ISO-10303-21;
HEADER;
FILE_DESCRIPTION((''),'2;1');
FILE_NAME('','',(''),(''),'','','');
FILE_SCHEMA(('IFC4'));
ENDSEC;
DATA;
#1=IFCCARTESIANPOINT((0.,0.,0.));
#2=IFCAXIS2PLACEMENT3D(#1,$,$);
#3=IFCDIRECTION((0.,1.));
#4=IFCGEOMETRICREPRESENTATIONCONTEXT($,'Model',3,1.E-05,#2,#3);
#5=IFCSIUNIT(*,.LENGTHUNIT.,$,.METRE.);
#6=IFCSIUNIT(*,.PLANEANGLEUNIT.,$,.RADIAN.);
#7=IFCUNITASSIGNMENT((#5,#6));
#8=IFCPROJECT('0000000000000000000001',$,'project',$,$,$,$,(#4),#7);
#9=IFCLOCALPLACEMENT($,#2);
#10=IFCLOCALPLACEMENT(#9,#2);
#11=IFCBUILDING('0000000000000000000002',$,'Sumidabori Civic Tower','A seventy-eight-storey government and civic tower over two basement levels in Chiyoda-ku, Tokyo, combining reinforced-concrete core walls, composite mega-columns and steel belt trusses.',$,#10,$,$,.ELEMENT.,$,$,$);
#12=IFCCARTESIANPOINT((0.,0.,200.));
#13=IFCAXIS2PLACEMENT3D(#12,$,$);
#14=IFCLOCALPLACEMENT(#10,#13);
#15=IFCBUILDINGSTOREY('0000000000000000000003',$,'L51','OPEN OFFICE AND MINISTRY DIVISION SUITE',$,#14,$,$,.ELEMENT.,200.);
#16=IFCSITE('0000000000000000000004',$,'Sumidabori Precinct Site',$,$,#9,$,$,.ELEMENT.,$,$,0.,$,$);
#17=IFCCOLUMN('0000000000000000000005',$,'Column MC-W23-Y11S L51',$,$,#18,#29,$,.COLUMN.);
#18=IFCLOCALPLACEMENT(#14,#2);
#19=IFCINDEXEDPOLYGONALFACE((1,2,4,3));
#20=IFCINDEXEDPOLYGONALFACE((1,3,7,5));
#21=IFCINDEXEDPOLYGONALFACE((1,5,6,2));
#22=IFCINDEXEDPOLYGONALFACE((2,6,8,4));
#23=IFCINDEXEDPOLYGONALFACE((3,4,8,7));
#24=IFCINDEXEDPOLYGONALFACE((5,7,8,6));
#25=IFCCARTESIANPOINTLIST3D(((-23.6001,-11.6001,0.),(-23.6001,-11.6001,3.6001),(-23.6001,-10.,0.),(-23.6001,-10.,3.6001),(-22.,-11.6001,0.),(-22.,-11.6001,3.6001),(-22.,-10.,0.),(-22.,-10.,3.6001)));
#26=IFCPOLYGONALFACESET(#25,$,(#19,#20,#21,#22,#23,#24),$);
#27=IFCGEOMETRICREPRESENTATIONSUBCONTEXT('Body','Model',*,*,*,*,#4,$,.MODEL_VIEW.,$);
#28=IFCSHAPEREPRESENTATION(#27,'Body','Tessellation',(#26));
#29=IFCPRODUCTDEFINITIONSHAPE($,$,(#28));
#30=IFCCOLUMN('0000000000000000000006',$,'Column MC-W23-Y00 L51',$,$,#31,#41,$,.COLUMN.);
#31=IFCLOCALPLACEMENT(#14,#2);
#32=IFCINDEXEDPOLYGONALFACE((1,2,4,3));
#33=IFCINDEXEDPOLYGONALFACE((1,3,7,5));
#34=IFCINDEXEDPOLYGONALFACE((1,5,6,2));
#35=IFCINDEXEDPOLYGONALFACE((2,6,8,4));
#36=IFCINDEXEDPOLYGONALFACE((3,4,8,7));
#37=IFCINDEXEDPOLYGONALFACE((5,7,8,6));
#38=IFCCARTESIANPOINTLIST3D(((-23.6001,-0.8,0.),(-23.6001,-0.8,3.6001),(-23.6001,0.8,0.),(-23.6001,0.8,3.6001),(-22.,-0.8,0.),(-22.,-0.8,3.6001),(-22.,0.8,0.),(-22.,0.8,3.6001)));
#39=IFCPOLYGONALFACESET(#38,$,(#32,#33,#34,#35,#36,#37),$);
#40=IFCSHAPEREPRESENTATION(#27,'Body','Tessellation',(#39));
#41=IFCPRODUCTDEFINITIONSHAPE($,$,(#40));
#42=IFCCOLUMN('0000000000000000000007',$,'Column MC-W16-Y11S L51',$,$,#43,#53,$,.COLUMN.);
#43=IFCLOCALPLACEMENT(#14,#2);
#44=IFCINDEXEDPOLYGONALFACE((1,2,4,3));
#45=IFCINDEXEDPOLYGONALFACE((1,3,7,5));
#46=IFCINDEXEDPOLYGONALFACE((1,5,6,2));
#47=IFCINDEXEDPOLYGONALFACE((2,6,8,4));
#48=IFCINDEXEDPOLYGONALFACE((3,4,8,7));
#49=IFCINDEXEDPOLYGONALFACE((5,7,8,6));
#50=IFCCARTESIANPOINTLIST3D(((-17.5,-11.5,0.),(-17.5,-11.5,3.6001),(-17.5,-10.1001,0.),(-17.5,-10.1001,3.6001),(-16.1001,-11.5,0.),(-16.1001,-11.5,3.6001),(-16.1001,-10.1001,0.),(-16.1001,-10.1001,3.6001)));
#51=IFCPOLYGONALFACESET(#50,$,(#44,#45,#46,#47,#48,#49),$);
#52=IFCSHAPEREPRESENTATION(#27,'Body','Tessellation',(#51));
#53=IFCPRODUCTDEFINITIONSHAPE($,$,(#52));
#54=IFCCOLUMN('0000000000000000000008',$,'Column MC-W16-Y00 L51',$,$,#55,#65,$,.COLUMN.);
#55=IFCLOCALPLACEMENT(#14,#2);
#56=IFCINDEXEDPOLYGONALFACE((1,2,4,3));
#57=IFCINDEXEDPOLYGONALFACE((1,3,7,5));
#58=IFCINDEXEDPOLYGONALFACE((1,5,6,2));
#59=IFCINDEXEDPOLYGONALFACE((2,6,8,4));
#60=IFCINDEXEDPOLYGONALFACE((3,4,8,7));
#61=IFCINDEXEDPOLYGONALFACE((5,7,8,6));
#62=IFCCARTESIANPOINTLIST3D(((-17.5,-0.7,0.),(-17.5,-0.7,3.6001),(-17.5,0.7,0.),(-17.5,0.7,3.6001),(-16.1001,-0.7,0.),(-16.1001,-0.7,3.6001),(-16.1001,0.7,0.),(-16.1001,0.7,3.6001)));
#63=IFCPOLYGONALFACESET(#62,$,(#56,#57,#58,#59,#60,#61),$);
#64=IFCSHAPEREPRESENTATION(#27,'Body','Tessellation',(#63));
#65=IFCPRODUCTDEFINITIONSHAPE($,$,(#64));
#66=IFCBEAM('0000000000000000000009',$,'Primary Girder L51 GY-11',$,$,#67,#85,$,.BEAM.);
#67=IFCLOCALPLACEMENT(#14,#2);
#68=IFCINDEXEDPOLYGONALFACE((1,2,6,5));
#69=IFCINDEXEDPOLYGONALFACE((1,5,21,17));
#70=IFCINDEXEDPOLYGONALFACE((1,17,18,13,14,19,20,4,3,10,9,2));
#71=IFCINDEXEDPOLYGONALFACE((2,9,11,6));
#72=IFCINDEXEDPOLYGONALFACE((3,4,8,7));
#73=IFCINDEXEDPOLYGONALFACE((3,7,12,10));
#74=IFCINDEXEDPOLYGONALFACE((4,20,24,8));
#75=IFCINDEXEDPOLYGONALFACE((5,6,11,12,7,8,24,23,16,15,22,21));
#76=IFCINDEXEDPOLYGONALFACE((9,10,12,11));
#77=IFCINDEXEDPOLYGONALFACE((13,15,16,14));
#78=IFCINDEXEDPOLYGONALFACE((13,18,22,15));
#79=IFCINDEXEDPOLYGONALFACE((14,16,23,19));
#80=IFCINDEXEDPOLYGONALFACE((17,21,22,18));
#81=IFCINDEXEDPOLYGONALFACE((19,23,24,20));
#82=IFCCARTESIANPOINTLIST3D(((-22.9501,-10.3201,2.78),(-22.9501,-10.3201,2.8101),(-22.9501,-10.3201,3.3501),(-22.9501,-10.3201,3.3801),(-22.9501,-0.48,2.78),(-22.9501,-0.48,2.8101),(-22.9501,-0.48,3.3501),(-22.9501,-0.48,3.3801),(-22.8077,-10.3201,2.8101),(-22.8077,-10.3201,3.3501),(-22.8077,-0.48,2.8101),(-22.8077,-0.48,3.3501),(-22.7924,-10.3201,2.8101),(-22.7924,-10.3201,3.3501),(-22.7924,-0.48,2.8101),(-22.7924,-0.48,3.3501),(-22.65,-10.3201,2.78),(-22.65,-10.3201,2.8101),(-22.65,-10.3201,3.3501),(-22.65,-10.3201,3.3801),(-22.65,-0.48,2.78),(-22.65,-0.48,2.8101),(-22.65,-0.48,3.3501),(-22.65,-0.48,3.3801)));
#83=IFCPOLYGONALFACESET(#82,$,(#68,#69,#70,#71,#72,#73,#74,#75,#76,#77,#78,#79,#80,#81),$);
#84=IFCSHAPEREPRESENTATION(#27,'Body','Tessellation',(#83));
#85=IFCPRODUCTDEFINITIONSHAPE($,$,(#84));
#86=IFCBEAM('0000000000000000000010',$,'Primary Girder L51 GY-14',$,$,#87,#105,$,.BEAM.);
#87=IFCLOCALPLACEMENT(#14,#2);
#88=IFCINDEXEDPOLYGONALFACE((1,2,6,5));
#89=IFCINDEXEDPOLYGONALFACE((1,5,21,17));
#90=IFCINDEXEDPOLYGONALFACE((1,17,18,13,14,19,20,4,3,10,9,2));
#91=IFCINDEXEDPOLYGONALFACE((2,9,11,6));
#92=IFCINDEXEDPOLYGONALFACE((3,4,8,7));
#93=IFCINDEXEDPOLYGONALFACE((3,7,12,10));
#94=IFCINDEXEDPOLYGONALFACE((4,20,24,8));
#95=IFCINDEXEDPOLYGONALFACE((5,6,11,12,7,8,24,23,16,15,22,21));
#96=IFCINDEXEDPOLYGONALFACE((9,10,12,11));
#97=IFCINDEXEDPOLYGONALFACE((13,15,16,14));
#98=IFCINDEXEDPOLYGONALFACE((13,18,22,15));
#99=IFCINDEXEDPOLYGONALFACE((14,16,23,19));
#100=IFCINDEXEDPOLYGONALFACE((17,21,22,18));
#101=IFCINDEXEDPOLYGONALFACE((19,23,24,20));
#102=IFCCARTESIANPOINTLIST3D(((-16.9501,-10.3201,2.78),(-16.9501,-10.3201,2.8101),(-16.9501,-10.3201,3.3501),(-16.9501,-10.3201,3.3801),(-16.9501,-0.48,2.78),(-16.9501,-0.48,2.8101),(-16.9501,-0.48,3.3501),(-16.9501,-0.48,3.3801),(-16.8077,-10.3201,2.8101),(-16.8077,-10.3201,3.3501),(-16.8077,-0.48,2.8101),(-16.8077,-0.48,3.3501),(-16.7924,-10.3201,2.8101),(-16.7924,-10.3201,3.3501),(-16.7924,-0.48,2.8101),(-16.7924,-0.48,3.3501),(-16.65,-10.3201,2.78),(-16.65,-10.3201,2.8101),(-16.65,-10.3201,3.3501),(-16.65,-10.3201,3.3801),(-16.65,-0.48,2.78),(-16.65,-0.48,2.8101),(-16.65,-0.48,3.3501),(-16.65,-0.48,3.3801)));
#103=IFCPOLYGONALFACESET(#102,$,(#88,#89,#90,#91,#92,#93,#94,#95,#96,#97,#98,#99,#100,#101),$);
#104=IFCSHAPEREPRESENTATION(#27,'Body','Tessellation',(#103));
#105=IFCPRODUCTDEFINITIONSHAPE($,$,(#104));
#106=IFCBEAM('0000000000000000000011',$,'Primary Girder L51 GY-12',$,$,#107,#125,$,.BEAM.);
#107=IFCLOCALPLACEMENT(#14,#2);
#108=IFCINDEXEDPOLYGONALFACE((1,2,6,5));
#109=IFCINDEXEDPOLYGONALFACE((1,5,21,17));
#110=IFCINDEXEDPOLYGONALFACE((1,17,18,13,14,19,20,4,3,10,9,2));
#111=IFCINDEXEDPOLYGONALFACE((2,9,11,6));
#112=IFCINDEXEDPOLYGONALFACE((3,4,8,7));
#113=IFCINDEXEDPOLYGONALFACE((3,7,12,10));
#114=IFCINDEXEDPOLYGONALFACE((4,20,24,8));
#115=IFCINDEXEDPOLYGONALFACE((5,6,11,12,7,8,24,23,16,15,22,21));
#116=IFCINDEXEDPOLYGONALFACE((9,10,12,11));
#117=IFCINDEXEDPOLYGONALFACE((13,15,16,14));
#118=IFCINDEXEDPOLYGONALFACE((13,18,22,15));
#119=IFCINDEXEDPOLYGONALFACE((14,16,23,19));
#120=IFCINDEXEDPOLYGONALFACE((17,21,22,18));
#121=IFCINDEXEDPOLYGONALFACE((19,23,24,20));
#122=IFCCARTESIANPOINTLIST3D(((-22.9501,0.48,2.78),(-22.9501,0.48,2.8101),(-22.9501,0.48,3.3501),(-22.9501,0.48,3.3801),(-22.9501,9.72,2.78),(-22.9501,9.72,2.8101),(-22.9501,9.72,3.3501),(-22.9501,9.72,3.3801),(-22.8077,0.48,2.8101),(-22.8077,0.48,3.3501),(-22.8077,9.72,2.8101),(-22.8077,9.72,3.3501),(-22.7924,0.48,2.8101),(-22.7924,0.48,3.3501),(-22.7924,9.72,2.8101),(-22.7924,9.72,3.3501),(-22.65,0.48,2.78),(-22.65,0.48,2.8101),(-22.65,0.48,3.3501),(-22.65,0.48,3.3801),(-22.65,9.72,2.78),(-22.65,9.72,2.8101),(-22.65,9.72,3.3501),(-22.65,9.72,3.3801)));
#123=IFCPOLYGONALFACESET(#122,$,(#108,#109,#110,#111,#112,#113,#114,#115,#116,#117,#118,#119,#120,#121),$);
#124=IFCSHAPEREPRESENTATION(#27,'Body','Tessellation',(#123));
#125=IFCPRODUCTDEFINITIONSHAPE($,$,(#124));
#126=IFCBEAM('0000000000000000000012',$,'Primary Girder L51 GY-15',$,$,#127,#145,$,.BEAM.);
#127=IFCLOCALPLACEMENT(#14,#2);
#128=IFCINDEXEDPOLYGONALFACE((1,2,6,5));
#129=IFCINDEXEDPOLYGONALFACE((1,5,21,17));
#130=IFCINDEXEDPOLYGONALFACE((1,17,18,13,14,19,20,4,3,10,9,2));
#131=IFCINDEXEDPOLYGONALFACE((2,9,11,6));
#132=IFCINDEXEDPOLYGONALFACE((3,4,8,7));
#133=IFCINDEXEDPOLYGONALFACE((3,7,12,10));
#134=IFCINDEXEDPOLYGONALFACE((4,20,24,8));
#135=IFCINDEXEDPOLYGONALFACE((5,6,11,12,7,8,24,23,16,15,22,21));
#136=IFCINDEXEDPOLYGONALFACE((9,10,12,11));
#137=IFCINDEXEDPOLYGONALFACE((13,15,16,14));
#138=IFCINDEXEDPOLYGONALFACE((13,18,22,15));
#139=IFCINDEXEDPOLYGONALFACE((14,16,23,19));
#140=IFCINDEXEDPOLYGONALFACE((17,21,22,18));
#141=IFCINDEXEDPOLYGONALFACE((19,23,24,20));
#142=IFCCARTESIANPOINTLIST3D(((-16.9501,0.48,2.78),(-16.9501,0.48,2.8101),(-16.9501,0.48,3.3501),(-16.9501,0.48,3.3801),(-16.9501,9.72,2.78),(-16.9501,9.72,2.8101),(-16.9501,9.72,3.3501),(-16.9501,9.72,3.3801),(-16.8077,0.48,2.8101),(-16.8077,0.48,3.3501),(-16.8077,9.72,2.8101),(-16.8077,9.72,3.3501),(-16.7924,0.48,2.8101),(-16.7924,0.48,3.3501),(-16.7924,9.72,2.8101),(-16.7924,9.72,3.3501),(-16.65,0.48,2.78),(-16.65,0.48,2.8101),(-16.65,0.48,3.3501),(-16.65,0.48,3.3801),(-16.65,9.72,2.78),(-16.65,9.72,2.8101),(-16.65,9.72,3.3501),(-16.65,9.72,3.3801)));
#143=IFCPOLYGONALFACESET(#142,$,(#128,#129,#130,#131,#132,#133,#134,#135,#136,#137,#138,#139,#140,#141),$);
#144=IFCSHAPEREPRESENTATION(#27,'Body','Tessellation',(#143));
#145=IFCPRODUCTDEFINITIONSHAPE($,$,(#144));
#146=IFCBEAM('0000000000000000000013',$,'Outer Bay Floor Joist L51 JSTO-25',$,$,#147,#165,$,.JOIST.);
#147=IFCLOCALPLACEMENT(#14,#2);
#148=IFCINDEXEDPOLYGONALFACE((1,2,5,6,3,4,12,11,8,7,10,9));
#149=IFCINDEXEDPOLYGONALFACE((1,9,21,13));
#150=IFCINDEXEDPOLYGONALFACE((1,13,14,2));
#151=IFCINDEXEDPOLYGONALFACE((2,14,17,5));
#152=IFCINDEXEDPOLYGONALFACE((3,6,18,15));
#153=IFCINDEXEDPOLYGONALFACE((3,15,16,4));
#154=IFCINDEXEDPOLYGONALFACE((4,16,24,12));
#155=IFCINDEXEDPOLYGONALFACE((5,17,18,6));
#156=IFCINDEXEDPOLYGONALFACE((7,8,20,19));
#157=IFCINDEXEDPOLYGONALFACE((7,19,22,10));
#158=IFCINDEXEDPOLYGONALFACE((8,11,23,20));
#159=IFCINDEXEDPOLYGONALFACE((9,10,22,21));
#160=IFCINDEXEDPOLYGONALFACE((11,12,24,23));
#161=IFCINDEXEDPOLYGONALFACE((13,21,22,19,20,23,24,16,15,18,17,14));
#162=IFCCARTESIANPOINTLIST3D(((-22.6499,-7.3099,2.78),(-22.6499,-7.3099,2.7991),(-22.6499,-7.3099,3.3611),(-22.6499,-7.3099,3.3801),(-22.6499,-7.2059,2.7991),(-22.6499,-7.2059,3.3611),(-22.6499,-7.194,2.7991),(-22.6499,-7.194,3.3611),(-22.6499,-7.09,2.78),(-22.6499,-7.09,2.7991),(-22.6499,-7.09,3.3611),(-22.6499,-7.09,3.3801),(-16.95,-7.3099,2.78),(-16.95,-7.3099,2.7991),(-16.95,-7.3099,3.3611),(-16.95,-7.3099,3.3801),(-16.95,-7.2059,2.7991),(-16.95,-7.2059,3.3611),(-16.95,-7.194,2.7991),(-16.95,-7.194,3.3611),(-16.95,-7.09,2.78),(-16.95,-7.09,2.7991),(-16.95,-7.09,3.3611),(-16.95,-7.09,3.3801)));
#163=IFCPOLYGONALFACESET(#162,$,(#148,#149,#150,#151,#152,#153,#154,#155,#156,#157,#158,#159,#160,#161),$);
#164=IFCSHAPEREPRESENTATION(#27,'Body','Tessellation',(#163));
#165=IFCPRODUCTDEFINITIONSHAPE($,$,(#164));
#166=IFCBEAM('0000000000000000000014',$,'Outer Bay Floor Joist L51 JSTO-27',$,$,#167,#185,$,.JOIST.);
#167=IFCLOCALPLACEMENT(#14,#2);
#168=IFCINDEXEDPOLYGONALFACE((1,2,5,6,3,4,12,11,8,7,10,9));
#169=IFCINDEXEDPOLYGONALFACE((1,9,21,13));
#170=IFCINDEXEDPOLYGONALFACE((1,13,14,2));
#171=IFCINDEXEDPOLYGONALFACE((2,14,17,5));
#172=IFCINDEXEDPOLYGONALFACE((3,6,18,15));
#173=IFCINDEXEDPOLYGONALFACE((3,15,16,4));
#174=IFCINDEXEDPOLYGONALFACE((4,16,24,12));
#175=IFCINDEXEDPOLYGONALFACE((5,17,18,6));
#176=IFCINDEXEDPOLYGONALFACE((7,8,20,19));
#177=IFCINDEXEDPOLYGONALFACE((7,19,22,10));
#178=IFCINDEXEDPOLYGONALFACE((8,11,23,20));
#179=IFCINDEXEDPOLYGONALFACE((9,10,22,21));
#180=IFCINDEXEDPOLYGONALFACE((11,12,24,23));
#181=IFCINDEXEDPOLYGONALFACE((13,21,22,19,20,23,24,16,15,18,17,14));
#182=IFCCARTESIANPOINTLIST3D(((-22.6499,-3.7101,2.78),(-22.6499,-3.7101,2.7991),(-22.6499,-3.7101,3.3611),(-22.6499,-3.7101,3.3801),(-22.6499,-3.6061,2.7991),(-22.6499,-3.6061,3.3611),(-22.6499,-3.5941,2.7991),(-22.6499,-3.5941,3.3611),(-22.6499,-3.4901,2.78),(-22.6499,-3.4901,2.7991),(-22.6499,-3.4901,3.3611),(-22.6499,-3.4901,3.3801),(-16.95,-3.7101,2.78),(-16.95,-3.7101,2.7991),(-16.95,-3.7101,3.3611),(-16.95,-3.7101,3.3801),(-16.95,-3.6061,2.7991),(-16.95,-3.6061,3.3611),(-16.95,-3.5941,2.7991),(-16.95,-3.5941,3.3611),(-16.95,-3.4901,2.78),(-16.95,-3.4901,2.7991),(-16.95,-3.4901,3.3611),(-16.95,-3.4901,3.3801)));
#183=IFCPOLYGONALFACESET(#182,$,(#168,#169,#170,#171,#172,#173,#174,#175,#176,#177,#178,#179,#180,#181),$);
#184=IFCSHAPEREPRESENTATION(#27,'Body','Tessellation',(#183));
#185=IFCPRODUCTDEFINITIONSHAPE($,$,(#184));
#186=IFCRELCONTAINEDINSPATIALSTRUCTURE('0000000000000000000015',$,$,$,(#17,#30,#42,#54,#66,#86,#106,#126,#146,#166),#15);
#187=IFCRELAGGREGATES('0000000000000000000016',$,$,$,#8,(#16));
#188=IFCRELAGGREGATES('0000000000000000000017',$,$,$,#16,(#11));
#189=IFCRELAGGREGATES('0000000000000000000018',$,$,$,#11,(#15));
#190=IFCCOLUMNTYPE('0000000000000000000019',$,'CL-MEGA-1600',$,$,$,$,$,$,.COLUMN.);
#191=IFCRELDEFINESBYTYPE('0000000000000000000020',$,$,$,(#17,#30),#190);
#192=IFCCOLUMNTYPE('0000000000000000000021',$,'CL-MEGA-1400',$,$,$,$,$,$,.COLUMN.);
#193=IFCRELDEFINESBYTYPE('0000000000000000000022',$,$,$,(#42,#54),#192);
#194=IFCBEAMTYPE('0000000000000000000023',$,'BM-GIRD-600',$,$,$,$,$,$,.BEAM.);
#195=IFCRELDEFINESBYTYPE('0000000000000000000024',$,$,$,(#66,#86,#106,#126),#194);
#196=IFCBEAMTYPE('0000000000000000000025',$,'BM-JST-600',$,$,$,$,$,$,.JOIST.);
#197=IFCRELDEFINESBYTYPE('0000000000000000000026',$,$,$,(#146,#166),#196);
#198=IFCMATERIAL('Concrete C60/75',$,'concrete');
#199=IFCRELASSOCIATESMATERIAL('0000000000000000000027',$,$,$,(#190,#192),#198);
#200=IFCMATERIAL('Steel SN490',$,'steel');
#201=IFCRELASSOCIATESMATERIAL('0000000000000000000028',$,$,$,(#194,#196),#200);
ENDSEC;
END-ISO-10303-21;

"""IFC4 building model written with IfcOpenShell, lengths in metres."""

from ifc_helpers import new_model, si_unit, direction, frame, origin, origin_2d, place, context, subcontext, project, spatial, rectangle, i_section, extrude, source, transform, mapped, material, material_profile, profile_set, type_object, element, save


model = new_model("IFC4")

# Units and contexts
model_context = context("Model", 3, precision=1e-05, world=origin(), true_north=direction((0.0, 1.0)))
body_context = subcontext(model_context, "Body", "Model", "MODEL_VIEW")
ifc_project = project(units=[si_unit("LENGTHUNIT", "METRE"), si_unit("PLANEANGLEUNIT", "RADIAN")], contexts=[model_context])

# Site, building, storey
site_placement = place(None, origin())
site = spatial("IfcSite", under=ifc_project, at=site_placement, Name="Sumidabori Precinct Site", CompositionType="ELEMENT", RefElevation=0.0)
building_placement = place(site_placement, origin())
building = spatial("IfcBuilding", under=site, at=building_placement, Name="Sumidabori Civic Tower", Description="A seventy-eight-storey government and civic tower over two basement levels in Chiyoda-ku, Tokyo, combining reinforced-concrete core walls, composite mega-columns and steel belt trusses.", CompositionType="ELEMENT")
storey_placement = place(building_placement, frame((0.0, 0.0, 200.0)))
storey = spatial("IfcBuildingStorey", under=building, at=storey_placement, Name="L51", Description="OPEN OFFICE AND MINISTRY DIVISION SUITE", CompositionType="ELEMENT", Elevation=200.0)

# Columns
ifc_material_1 = material(Name="Concrete C60/75", Category="concrete")
ifc_material_profile_1 = material_profile(ifc_material_1, rectangle(XDim=1.6001, YDim=1.6001, at=origin_2d()), Name="RC 1600x1600")
ifc_profile_set_1 = profile_set([ifc_material_profile_1], Name="Concrete C60/75")
column_type_1 = type_object("IfcColumnType", Name="CL-MEGA-1600", PredefinedType="COLUMN", material=ifc_profile_set_1)
shared_shape_1 = source(origin(), body_context, "Body", "SweptSolid", [
    extrude(rectangle(XDim=1.6001, YDim=1.6001, at=origin_2d()), origin(), (0.0, 0.0, 1.0), 3.6001),
])
for number, where, z_axis, x_axis, name in (
    (1, (-22.8, -10.8, 0.0), (0.0, 0.0, 1.0), (1.0, 0.0, 0.0), "Column MC-W23-Y11S L51"),
    (2, (-22.8, 0.0, 0.0), (0.0, 0.0, 1.0), (1.0, 0.0, 0.0), "Column MC-W23-Y00 L51"),
):
    element("IfcColumn", number, at=place(storey_placement, frame(where, z_axis=z_axis, x_axis=x_axis)), inside=storey, type_object=column_type_1, Name=name, PredefinedType="COLUMN", context=body_context, shape_type="MappedRepresentation", body=[
        mapped(shared_shape_1, transform((0.0, 0.0, 0.0), x_axis=(1.0, 0.0, 0.0), y_axis=(0.0, 1.0, 0.0), z_axis=(0.0, 0.0, 1.0), scale=1.0)),
    ])
ifc_material_profile_2 = material_profile(ifc_material_1, rectangle(XDim=1.3999, YDim=1.3999, at=origin_2d()), Name="RC 1400x1400")
ifc_profile_set_2 = profile_set([ifc_material_profile_2], Name="Concrete C60/75")
column_type_2 = type_object("IfcColumnType", Name="CL-MEGA-1400", PredefinedType="COLUMN", material=ifc_profile_set_2)
shared_shape_2 = source(origin(), body_context, "Body", "SweptSolid", [
    extrude(rectangle(XDim=1.3999, YDim=1.3999, at=origin_2d()), origin(), (0.0, 0.0, 1.0), 3.6001),
])
for number, where, z_axis, x_axis, name in (
    (3, (-16.8, -10.8, 0.0), (0.0, 0.0, 1.0), (1.0, 0.0, 0.0), "Column MC-W16-Y11S L51"),
    (4, (-16.8, 0.0, 0.0), (0.0, 0.0, 1.0), (1.0, 0.0, 0.0), "Column MC-W16-Y00 L51"),
):
    element("IfcColumn", number, at=place(storey_placement, frame(where, z_axis=z_axis, x_axis=x_axis)), inside=storey, type_object=column_type_2, Name=name, PredefinedType="COLUMN", context=body_context, shape_type="MappedRepresentation", body=[
        mapped(shared_shape_2, transform((0.0, 0.0, 0.0), x_axis=(1.0, 0.0, 0.0), y_axis=(0.0, 1.0, 0.0), z_axis=(0.0, 0.0, 1.0), scale=1.0)),
    ])

# Beams
ifc_material_2 = material(Name="Steel SN490", Category="steel")
ifc_material_profile_3 = material_profile(ifc_material_2, i_section(OverallWidth=0.3, OverallDepth=0.6001, WebThickness=0.0154, FlangeThickness=0.03, at=origin_2d()), Name="HE 600 B")
ifc_profile_set_3 = profile_set([ifc_material_profile_3], Name="Steel SN490")
beam_type_1 = type_object("IfcBeamType", Name="BM-GIRD-600", PredefinedType="BEAM", material=ifc_profile_set_3)
shared_shape_3 = source(origin(), body_context, "Body", "SweptSolid", [
    extrude(i_section(OverallWidth=0.3, OverallDepth=0.6001, WebThickness=0.0154, FlangeThickness=0.03, at=origin_2d()), origin(), (0.0, 0.0, 1.0), 9.8401),
])
for number, where, z_axis, x_axis, name in (
    (5, (-22.8, -10.3201, 3.0801), (0.0, 1.0, 0.0), (-1.0, 0.0, 0.0), "Primary Girder L51 GY-11"),
    (6, (-16.8, -10.3201, 3.0801), (0.0, 1.0, 0.0), (-1.0, 0.0, 0.0), "Primary Girder L51 GY-14"),
):
    element("IfcBeam", number, at=place(storey_placement, frame(where, z_axis=z_axis, x_axis=x_axis)), inside=storey, type_object=beam_type_1, Name=name, PredefinedType="BEAM", context=body_context, shape_type="MappedRepresentation", body=[
        mapped(shared_shape_3, transform((0.0, 0.0, 0.0), x_axis=(1.0, 0.0, 0.0), y_axis=(0.0, 1.0, 0.0), z_axis=(0.0, 0.0, 1.0), scale=1.0)),
    ])
shared_shape_4 = source(origin(), body_context, "Body", "SweptSolid", [
    extrude(i_section(OverallWidth=0.3, OverallDepth=0.6001, WebThickness=0.0154, FlangeThickness=0.03, at=origin_2d()), origin(), (0.0, 0.0, 1.0), 9.24),
])
for number, where, z_axis, x_axis, name in (
    (7, (-22.8, 0.48, 3.0801), (0.0, 1.0, 0.0), (-1.0, 0.0, 0.0), "Primary Girder L51 GY-12"),
    (8, (-16.8, 0.48, 3.0801), (0.0, 1.0, 0.0), (-1.0, 0.0, 0.0), "Primary Girder L51 GY-15"),
):
    element("IfcBeam", number, at=place(storey_placement, frame(where, z_axis=z_axis, x_axis=x_axis)), inside=storey, type_object=beam_type_1, Name=name, PredefinedType="BEAM", context=body_context, shape_type="MappedRepresentation", body=[
        mapped(shared_shape_4, transform((0.0, 0.0, 0.0), x_axis=(1.0, 0.0, 0.0), y_axis=(0.0, 1.0, 0.0), z_axis=(0.0, 0.0, 1.0), scale=1.0)),
    ])
ifc_material_profile_4 = material_profile(ifc_material_2, i_section(OverallWidth=0.22, OverallDepth=0.6001, WebThickness=0.012, FlangeThickness=0.019, at=origin_2d()), Name="IPE 600")
ifc_profile_set_4 = profile_set([ifc_material_profile_4], Name="Steel SN490")
beam_type_2 = type_object("IfcBeamType", Name="BM-JST-600", PredefinedType="JOIST", material=ifc_profile_set_4)
shared_shape_5 = source(origin(), body_context, "Body", "SweptSolid", [
    extrude(i_section(OverallWidth=0.22, OverallDepth=0.6001, WebThickness=0.012, FlangeThickness=0.019, at=origin_2d()), origin(), (0.0, 0.0, 1.0), 5.7),
])
for number, where, z_axis, x_axis, name in (
    (9, (-22.6499, -7.2, 3.0801), (1.0, 0.0, 0.0), (0.0, 1.0, 0.0), "Outer Bay Floor Joist L51 JSTO-25"),
    (10, (-22.6499, -3.6001, 3.0801), (1.0, 0.0, 0.0), (0.0, 1.0, 0.0), "Outer Bay Floor Joist L51 JSTO-27"),
):
    element("IfcBeam", number, at=place(storey_placement, frame(where, z_axis=z_axis, x_axis=x_axis)), inside=storey, type_object=beam_type_2, Name=name, PredefinedType="JOIST", context=body_context, shape_type="MappedRepresentation", body=[
        mapped(shared_shape_5, transform((0.0, 0.0, 0.0), x_axis=(1.0, 0.0, 0.0), y_axis=(0.0, 1.0, 0.0), z_axis=(0.0, 0.0, 1.0), scale=1.0)),
    ])

save(model, "model.ifc")
